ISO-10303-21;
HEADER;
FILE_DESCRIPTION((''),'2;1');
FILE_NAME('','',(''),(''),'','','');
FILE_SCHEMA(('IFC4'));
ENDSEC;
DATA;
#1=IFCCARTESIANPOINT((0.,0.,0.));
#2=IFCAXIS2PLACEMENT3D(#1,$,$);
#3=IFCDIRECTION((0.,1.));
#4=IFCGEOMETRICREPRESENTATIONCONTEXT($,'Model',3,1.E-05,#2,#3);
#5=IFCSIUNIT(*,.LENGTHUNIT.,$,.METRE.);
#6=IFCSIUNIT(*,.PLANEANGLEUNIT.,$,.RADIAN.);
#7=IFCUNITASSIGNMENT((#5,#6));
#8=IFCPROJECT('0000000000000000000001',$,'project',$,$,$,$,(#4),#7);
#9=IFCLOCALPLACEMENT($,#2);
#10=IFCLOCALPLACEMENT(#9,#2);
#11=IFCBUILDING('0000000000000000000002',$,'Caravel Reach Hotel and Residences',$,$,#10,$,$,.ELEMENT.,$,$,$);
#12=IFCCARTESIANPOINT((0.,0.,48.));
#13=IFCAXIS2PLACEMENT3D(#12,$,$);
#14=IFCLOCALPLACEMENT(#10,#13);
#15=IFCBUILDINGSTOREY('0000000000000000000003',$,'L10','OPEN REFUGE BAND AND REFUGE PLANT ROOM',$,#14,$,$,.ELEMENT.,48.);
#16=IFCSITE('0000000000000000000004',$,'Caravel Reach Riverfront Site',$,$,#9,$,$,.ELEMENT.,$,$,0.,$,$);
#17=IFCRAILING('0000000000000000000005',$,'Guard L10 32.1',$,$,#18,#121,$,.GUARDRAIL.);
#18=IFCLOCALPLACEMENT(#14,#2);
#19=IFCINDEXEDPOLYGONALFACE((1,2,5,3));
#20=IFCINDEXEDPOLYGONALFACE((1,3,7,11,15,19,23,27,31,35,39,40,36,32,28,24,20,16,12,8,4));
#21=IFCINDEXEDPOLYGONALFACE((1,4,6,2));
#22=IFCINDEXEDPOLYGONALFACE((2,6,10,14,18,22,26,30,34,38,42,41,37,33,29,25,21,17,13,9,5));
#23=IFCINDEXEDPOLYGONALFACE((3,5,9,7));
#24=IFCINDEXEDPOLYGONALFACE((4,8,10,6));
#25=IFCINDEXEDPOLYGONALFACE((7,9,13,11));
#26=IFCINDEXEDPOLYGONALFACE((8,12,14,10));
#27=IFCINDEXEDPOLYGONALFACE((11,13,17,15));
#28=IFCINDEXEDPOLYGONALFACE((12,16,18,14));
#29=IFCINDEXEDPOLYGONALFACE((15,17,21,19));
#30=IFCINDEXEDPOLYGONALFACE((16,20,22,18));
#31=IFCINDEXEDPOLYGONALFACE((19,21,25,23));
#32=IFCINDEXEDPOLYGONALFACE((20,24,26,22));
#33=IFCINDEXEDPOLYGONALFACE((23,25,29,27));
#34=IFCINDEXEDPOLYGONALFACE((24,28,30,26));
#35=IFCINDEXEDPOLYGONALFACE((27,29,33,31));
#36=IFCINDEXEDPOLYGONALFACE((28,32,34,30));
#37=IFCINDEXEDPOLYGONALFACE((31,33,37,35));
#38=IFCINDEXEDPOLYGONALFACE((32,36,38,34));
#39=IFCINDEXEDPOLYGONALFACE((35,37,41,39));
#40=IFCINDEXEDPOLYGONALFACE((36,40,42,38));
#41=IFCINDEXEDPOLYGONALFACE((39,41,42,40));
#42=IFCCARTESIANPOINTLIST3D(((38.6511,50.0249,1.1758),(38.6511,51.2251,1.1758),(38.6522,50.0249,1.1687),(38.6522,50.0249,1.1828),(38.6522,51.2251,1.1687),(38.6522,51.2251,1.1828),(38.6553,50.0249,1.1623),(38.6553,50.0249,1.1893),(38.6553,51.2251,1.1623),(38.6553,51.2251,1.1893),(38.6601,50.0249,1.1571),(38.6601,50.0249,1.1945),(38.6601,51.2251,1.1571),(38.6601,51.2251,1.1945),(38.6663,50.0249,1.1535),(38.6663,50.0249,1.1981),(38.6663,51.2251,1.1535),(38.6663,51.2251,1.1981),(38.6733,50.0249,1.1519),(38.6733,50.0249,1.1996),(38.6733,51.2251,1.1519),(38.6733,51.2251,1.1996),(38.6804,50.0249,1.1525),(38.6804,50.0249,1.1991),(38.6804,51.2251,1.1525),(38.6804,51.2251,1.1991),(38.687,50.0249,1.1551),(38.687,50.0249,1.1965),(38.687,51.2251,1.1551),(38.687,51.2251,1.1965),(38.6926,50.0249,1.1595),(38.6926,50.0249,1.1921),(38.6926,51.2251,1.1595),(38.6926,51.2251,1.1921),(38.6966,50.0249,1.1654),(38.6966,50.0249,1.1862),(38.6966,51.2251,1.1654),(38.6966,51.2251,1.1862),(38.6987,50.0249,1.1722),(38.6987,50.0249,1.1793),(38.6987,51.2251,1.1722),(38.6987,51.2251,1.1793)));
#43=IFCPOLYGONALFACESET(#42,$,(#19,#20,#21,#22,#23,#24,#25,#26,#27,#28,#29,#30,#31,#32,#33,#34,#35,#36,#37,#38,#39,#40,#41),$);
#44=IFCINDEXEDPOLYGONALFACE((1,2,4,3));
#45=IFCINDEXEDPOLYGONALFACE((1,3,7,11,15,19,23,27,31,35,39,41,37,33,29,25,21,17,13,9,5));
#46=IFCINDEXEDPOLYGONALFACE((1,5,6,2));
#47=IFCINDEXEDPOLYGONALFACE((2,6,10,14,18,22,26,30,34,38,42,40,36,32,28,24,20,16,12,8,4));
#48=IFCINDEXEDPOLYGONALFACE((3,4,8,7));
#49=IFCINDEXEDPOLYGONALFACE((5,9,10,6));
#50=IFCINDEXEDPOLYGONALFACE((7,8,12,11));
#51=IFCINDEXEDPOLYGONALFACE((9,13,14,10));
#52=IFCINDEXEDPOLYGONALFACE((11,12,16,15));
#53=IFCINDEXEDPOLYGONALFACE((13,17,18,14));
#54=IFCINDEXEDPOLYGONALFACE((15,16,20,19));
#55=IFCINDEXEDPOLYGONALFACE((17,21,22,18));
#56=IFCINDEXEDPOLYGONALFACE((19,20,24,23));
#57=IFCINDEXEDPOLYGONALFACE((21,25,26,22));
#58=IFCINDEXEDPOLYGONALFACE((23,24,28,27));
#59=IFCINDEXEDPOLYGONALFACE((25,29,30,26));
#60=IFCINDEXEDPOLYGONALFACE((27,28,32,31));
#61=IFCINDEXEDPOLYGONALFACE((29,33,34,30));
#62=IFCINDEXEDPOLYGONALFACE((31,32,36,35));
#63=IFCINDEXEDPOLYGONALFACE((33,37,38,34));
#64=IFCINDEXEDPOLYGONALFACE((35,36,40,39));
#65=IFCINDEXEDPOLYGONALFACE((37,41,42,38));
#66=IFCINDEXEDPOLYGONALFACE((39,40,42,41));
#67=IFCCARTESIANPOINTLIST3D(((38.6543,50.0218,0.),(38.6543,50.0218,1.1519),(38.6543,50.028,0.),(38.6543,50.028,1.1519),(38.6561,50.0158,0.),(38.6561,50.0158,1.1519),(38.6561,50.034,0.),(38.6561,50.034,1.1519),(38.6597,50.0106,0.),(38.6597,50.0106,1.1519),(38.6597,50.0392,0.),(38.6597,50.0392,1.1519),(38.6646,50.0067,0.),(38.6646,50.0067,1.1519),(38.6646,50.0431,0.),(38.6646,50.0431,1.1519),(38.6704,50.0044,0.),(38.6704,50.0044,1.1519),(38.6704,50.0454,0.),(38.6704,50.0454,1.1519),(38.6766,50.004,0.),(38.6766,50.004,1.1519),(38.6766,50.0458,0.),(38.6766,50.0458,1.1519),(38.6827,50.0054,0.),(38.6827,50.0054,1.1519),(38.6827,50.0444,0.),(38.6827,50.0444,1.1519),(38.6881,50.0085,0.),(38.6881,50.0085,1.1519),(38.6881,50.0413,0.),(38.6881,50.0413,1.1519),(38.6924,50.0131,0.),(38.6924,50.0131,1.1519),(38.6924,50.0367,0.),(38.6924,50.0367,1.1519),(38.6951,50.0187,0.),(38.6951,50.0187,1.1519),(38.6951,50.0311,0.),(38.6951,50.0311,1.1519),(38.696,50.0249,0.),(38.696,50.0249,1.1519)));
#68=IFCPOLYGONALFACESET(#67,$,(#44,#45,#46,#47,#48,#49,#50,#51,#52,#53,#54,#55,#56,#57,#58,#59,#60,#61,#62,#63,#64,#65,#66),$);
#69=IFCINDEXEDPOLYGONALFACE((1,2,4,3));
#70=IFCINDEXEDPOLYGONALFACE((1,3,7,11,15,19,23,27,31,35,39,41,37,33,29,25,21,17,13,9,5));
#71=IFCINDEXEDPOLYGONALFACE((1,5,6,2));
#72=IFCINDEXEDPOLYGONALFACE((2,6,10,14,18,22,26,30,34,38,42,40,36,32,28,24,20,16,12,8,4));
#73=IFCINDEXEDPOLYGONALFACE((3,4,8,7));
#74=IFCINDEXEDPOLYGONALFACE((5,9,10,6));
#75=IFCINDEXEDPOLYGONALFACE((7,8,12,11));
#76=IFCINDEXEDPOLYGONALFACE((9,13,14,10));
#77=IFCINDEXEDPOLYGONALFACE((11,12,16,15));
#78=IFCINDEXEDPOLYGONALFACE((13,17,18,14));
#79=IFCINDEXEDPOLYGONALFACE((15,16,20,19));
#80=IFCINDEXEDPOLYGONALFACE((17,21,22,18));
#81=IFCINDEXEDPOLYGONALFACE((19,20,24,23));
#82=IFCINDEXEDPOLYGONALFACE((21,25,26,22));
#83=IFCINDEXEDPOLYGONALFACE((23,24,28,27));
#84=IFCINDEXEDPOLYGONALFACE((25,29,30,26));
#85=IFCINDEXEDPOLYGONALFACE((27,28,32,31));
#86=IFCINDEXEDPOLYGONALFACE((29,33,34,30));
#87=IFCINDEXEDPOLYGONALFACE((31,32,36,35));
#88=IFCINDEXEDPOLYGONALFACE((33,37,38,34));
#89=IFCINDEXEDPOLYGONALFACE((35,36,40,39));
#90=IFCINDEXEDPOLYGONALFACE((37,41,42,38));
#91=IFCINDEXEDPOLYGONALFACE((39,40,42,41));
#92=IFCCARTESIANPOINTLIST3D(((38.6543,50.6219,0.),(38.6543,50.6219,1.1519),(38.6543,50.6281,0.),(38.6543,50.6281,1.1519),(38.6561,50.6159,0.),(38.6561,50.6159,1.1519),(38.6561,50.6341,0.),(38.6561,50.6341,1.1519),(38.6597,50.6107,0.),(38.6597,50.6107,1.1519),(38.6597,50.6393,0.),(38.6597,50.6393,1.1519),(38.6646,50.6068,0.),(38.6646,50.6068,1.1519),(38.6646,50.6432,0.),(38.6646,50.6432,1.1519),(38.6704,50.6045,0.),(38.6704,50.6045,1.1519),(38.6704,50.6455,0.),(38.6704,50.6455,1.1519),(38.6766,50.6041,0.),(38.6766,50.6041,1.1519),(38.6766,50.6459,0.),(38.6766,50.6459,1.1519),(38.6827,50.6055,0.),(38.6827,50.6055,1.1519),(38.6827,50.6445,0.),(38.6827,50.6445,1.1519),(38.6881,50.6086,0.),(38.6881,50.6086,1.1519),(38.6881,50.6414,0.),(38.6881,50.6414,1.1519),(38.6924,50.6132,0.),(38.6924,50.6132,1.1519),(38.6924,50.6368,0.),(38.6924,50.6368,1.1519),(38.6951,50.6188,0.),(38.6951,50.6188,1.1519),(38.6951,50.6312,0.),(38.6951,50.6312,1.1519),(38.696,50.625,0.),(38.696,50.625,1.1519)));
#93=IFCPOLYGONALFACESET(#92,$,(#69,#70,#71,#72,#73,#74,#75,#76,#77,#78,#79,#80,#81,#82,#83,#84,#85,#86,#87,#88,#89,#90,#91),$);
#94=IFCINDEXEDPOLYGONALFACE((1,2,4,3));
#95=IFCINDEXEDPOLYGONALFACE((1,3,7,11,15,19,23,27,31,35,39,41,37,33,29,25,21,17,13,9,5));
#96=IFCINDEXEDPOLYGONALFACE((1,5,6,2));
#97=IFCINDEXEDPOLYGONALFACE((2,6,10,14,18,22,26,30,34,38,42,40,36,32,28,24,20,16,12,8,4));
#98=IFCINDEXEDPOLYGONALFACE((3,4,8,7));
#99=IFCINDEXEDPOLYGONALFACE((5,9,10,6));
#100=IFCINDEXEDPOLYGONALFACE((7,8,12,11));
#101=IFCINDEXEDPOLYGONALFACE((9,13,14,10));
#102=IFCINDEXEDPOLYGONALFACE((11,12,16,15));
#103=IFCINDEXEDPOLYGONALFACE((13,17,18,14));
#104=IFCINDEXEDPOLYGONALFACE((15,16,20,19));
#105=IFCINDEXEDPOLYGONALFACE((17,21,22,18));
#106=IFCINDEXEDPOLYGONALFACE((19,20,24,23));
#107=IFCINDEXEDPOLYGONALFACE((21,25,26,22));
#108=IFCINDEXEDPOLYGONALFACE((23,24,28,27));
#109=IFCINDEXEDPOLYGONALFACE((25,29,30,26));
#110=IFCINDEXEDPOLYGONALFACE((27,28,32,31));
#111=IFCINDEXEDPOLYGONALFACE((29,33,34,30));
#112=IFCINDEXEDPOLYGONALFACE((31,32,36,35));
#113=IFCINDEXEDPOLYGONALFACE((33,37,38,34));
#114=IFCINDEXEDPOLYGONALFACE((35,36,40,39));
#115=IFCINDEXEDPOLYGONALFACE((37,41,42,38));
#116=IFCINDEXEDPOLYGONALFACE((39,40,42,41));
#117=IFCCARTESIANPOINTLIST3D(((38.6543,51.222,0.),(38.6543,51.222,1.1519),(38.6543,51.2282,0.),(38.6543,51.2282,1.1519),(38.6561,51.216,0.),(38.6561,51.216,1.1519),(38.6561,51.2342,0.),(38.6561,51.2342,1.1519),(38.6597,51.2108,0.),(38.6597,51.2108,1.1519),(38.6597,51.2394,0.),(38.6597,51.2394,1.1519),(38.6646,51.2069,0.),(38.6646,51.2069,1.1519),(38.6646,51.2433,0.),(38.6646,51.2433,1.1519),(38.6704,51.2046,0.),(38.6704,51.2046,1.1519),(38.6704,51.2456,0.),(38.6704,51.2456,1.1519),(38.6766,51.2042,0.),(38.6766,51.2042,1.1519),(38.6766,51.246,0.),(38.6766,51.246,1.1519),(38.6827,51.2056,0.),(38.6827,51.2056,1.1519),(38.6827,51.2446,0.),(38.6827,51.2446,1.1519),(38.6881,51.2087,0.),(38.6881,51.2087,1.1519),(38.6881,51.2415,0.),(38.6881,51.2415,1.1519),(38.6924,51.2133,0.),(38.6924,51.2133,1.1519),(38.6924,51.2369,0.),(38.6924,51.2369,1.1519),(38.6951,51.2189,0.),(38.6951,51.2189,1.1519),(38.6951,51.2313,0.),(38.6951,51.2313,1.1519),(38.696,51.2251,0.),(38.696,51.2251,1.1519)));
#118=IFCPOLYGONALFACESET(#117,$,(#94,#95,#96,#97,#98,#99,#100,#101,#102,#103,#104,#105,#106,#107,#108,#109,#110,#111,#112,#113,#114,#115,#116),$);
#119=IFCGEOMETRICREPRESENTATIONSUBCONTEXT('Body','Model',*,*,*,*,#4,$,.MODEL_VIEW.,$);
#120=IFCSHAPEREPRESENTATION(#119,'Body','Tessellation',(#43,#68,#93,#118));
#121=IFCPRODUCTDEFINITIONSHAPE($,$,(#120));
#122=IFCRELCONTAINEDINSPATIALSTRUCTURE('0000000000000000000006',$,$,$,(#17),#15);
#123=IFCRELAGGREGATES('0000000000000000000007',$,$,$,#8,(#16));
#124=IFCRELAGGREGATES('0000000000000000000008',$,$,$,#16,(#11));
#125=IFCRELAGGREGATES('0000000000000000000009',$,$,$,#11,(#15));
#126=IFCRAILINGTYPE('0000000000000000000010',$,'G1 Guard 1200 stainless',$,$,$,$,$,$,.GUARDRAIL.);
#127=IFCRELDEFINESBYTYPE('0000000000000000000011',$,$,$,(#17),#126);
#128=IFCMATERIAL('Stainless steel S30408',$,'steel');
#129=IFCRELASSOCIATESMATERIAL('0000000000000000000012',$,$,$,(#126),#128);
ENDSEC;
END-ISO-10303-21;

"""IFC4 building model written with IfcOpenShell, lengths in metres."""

from ifc_helpers import new_model, si_unit, direction, frame, origin, origin_2d, place, context, subcontext, project, spatial, circle, extrude, material, type_object, element, save


model = new_model("IFC4")

# Units and contexts
model_context = context("Model", 3, precision=1e-05, world=origin(), true_north=direction((0.0, 1.0)))
body_context = subcontext(model_context, "Body", "Model", "MODEL_VIEW")
ifc_project = project(units=[si_unit("LENGTHUNIT", "METRE"), si_unit("PLANEANGLEUNIT", "RADIAN")], contexts=[model_context])

# Site, building, storey
site_placement = place(None, origin())
site = spatial("IfcSite", under=ifc_project, at=site_placement, Name="Caravel Reach Riverfront Site", CompositionType="ELEMENT", RefElevation=0.0)
building_placement = place(site_placement, origin())
building = spatial("IfcBuilding", under=site, at=building_placement, Name="Caravel Reach Hotel and Residences", CompositionType="ELEMENT")
storey_placement = place(building_placement, frame((0.0, 0.0, 48.0)))
storey = spatial("IfcBuildingStorey", under=building, at=storey_placement, Name="L10", Description="OPEN REFUGE BAND AND REFUGE PLANT ROOM", CompositionType="ELEMENT", Elevation=48.0)

# Railing
ifc_material_1 = material(Name="Stainless steel S30408", Category="steel")
railing_type = type_object("IfcRailingType", Name="G1 Guard 1200 stainless", PredefinedType="GUARDRAIL", material=ifc_material_1)
railing_1_placement = place(storey_placement, frame((38.675, 50.0249, 0.0)))
element("IfcRailing", 1, at=railing_1_placement, inside=storey, type_object=railing_type, Name="Guard L10 32.1", PredefinedType="GUARDRAIL", context=body_context, shape_type="SweptSolid", body=[
    extrude(circle(Radius=0.0239, at=origin_2d()), frame((0.0, 0.0, 1.1758), z_axis=(0.0, 1.0, 0.0), x_axis=(-1.0, 0.0, 0.0)), (0.0, 0.0, 1.0), 1.2002),
    extrude(circle(Radius=0.021, at=origin_2d()), origin(), (0.0, 0.0, 1.0), 1.1519),
    extrude(circle(Radius=0.021, at=origin_2d()), frame((0.0, 0.6001, 0.0)), (0.0, 0.0, 1.0), 1.1519),
    extrude(circle(Radius=0.021, at=origin_2d()), frame((0.0, 1.2002, 0.0)), (0.0, 0.0, 1.0), 1.1519),
])

save(model, "model.ifc")
